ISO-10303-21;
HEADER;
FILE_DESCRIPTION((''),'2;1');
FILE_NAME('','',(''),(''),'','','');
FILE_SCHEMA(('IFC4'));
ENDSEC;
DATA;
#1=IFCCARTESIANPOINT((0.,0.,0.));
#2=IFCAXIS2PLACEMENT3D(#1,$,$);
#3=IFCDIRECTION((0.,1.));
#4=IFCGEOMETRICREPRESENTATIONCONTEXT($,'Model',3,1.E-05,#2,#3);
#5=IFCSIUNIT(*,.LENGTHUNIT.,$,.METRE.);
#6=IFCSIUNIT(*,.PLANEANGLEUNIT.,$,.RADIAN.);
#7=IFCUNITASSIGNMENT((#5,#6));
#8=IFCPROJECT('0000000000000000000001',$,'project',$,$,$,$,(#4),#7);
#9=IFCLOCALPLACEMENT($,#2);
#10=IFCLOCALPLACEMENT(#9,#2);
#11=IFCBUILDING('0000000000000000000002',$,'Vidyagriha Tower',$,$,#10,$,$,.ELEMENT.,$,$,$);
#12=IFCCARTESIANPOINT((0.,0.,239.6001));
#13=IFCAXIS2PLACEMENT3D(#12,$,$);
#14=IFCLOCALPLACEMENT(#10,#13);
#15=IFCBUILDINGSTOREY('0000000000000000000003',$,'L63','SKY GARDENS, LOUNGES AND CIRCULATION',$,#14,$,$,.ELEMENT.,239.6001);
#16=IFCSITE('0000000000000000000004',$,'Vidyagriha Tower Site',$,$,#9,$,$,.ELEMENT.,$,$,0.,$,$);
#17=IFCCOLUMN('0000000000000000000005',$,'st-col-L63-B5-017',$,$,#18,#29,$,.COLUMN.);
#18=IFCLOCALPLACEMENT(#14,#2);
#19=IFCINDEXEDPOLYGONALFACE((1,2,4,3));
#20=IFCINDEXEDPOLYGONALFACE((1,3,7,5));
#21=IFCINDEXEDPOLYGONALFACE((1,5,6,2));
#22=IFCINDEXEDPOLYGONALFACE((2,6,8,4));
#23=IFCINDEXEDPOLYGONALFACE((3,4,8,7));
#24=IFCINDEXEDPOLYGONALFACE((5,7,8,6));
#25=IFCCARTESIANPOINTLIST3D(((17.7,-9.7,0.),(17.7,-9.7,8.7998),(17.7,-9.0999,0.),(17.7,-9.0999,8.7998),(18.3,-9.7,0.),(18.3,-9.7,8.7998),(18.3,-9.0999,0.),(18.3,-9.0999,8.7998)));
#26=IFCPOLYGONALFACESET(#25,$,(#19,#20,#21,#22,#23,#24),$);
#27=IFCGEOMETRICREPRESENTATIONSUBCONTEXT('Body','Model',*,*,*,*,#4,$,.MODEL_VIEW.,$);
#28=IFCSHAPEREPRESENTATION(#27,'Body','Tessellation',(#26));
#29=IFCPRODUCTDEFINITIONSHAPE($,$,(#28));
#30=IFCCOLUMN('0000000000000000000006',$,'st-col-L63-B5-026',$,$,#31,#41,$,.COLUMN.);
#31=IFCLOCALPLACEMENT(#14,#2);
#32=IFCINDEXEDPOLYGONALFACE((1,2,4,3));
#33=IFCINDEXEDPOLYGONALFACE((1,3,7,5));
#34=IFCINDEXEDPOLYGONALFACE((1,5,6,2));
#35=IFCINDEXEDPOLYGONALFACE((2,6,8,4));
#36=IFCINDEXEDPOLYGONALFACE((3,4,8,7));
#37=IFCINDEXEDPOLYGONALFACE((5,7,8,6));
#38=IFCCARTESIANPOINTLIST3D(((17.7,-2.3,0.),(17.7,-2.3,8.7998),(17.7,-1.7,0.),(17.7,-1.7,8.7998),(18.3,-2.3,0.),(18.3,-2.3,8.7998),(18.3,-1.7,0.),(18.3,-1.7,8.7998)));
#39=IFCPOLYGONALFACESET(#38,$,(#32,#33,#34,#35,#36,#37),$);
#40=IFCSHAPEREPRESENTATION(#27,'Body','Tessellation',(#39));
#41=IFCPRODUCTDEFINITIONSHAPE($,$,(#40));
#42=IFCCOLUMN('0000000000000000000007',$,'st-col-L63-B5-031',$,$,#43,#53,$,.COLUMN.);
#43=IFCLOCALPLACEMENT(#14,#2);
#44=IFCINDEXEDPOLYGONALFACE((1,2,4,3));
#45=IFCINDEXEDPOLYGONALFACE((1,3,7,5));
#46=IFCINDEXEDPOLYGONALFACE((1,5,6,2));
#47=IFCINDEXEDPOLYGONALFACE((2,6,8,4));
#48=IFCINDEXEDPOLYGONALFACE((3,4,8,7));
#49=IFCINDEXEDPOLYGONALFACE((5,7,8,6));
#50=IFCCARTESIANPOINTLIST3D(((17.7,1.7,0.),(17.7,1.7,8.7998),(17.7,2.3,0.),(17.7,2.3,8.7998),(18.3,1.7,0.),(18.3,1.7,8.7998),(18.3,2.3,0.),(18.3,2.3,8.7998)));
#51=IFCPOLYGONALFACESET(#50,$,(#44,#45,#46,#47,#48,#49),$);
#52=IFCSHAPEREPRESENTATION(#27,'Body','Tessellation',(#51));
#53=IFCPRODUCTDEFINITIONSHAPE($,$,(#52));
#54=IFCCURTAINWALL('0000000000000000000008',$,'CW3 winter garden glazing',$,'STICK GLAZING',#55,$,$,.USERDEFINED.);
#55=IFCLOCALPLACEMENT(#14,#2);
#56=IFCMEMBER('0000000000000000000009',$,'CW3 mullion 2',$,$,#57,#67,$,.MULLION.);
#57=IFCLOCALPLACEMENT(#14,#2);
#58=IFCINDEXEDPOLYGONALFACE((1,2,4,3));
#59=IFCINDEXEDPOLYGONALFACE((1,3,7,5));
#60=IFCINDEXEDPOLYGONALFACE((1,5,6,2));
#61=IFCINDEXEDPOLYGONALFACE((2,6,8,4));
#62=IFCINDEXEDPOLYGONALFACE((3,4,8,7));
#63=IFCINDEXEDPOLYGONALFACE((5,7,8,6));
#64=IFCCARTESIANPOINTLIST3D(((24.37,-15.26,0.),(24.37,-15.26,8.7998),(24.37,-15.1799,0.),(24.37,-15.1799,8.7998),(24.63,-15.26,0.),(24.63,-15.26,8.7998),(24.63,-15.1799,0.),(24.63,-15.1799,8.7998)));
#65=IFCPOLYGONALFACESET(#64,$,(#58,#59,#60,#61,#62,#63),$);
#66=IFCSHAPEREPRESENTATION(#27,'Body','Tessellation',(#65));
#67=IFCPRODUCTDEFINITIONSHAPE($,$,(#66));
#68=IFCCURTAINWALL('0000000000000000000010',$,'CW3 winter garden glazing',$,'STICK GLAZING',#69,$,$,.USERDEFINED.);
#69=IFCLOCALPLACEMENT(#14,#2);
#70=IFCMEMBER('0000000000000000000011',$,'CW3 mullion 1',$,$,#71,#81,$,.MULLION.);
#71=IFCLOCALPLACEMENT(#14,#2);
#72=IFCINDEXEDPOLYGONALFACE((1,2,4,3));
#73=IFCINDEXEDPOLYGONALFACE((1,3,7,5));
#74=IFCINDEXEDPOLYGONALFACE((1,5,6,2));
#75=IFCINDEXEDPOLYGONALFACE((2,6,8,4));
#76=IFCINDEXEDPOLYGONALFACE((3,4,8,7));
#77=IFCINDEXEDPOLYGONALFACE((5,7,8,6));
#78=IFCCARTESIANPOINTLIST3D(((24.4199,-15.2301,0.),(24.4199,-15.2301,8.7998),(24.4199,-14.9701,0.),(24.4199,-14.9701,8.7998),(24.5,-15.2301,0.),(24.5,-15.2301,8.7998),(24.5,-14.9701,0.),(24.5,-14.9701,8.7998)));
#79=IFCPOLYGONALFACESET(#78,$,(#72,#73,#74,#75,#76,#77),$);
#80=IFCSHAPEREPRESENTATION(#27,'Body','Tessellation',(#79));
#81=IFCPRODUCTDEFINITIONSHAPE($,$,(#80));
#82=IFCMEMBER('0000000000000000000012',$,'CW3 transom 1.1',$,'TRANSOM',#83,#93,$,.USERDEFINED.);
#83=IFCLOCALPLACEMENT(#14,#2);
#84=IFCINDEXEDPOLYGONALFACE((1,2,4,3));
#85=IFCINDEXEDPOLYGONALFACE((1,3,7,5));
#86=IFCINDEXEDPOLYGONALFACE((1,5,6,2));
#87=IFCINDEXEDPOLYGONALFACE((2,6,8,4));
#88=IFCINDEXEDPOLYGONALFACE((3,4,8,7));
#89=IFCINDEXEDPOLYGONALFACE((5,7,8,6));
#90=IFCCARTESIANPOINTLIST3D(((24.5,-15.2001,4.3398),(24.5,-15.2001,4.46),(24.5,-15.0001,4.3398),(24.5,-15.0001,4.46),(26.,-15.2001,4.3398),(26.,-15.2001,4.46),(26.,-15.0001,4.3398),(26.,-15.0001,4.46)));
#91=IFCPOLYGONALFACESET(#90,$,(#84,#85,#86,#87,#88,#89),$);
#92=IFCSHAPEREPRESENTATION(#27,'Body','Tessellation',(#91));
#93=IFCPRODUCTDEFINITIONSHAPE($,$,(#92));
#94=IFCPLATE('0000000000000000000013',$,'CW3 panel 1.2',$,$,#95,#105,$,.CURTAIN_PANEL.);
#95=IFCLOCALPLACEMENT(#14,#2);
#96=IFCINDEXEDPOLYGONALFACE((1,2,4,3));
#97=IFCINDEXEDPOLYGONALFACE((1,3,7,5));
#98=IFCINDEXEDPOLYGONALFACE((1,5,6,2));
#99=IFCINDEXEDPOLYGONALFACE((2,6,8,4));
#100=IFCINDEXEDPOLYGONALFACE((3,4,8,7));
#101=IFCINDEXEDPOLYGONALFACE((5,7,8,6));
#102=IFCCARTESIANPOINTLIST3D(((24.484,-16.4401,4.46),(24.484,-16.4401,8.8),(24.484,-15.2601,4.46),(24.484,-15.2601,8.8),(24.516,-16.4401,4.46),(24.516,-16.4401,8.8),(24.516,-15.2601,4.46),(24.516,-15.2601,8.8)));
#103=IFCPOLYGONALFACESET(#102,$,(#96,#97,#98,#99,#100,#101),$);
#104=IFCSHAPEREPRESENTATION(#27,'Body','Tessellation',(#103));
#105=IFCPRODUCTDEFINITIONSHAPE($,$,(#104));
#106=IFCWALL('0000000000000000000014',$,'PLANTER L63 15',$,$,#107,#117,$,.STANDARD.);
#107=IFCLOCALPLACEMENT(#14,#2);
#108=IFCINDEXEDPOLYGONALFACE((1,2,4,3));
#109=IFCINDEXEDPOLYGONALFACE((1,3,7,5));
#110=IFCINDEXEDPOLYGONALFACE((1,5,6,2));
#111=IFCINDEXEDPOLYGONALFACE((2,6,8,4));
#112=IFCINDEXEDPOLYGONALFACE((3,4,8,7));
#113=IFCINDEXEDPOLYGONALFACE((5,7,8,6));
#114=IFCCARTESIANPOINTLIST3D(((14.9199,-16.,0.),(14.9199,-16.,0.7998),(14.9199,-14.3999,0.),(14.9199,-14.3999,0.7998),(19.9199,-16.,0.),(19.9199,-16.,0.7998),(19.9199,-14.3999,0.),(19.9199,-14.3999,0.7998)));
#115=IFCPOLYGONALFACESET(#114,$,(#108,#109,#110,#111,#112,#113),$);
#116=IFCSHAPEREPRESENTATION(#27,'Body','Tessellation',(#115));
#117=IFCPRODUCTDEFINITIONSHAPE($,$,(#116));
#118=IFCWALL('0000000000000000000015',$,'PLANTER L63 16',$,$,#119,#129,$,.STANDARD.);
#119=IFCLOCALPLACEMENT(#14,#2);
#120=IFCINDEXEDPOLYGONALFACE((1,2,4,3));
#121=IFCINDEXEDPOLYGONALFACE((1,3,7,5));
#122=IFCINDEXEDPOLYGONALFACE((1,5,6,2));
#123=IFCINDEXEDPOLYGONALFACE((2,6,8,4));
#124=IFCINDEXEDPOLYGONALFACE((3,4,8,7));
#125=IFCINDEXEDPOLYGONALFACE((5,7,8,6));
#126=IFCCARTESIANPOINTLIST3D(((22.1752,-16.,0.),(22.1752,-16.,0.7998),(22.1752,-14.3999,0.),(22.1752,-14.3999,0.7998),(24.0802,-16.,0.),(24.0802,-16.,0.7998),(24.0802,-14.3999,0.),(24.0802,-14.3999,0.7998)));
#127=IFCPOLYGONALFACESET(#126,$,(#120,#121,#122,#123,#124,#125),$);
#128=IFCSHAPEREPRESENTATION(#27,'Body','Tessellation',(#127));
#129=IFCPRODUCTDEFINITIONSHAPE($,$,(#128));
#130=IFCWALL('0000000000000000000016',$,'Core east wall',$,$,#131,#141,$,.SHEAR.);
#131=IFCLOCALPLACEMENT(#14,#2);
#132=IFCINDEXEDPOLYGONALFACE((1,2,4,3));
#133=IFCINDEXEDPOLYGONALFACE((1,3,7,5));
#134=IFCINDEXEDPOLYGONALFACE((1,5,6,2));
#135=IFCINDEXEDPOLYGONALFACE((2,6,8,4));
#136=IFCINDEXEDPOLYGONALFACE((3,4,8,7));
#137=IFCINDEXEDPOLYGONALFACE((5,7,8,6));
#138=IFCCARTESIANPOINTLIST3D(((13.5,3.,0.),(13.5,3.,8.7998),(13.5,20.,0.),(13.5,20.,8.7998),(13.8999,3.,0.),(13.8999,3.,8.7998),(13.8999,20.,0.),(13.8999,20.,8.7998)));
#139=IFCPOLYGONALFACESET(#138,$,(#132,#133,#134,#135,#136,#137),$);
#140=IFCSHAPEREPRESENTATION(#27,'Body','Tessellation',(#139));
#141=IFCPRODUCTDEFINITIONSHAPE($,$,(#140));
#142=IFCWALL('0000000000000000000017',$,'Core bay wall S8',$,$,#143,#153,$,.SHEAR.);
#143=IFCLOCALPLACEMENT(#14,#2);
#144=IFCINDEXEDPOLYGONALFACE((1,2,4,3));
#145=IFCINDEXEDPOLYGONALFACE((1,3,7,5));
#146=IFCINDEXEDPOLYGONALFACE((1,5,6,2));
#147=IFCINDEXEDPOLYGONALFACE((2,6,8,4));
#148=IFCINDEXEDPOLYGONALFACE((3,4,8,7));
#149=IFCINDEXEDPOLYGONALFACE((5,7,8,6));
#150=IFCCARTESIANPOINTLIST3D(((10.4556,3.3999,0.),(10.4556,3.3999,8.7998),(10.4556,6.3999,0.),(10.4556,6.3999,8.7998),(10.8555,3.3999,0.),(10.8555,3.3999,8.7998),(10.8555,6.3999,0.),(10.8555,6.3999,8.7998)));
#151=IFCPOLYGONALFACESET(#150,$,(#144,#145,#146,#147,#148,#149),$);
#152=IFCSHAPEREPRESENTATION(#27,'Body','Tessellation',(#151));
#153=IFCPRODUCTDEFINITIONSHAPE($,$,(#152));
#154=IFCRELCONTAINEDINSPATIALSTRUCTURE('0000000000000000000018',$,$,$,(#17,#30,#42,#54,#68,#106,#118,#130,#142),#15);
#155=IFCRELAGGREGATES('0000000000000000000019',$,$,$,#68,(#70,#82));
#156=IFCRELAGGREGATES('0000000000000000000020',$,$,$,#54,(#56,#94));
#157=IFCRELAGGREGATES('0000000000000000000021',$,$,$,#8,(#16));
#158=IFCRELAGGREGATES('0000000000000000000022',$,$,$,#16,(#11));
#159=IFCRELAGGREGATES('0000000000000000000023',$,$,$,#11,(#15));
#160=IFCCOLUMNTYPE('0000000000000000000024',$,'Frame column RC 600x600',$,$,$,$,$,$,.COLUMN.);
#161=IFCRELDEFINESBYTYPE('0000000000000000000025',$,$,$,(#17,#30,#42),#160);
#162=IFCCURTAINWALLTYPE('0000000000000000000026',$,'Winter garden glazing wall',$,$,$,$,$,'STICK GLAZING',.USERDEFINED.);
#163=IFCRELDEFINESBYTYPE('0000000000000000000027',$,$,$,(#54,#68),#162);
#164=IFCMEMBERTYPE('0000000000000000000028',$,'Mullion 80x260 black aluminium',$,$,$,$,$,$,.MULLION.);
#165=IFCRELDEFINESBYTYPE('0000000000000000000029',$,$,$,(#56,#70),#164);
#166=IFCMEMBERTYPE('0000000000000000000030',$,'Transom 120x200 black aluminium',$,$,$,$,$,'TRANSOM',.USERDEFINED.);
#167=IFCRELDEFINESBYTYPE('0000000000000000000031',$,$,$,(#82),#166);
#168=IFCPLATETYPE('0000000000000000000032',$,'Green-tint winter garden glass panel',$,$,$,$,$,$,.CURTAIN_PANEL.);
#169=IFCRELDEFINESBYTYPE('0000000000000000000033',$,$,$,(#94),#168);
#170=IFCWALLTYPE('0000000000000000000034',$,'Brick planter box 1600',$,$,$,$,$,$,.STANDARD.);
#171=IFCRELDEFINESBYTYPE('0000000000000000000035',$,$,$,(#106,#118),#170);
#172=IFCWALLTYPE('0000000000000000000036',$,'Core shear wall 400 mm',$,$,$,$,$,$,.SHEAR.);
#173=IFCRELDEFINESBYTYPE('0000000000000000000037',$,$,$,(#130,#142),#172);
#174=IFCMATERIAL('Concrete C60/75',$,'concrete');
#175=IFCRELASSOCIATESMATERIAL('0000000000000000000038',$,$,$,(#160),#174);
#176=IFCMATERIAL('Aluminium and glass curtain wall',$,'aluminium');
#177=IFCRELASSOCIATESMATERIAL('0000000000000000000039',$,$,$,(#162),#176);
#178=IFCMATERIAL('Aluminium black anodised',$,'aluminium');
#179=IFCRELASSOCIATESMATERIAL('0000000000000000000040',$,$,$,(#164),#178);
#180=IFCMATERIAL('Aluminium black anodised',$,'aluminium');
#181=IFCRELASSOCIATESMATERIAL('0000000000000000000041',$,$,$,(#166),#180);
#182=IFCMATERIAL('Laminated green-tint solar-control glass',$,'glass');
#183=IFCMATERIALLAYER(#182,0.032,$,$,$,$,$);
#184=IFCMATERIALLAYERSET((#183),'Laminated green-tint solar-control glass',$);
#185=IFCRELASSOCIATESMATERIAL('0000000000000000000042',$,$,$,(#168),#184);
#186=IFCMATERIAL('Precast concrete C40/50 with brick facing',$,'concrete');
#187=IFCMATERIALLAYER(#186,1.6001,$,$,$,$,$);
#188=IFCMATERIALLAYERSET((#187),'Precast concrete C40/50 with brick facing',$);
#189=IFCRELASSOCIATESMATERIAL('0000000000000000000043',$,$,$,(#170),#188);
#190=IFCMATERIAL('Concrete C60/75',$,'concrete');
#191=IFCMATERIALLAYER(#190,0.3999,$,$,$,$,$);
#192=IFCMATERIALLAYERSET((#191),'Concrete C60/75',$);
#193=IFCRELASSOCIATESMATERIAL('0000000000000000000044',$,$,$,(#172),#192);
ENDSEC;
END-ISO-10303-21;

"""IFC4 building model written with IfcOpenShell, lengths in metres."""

from ifc_helpers import new_model, si_unit, direction, frame, frame_2d, origin, origin_2d, place, context, subcontext, project, spatial, rectangle, extrude, material, layer, layer_set, material_profile, profile_set, type_object, element, aggregate, save


model = new_model("IFC4")

# Units and contexts
model_context = context("Model", 3, precision=1e-05, world=origin(), true_north=direction((0.0, 1.0)))
body_context = subcontext(model_context, "Body", "Model", "MODEL_VIEW")
ifc_project = project(units=[si_unit("LENGTHUNIT", "METRE"), si_unit("PLANEANGLEUNIT", "RADIAN")], contexts=[model_context])

# Site, building, storey
site_placement = place(None, origin())
site = spatial("IfcSite", under=ifc_project, at=site_placement, Name="Vidyagriha Tower Site", CompositionType="ELEMENT", RefElevation=0.0)
building_placement = place(site_placement, origin())
building = spatial("IfcBuilding", under=site, at=building_placement, Name="Vidyagriha Tower", CompositionType="ELEMENT")
storey_placement = place(building_placement, frame((0.0, 0.0, 239.6001)))
storey = spatial("IfcBuildingStorey", under=building, at=storey_placement, Name="L63", Description="SKY GARDENS, LOUNGES AND CIRCULATION", CompositionType="ELEMENT", Elevation=239.6001)

# Columns
ifc_material_1 = material(Name="Concrete C60/75", Category="concrete")
ifc_material_profile_1 = material_profile(ifc_material_1, rectangle(XDim=0.6001, YDim=0.6001, at=origin_2d()), Name="RC 600x600")
ifc_profile_set_1 = profile_set([ifc_material_profile_1], Name="Concrete C60/75")
column_type = type_object("IfcColumnType", Name="Frame column RC 600x600", PredefinedType="COLUMN", material=ifc_profile_set_1)
for number, where, name in (
    (1, (18.0, -9.3999, 0.0), "st-col-L63-B5-017"),
    (2, (18.0, -2.0, 0.0), "st-col-L63-B5-026"),
    (3, (18.0, 2.0, 0.0), "st-col-L63-B5-031"),
):
    element("IfcColumn", number, at=place(storey_placement, frame(where)), inside=storey, type_object=column_type, Name=name, PredefinedType="COLUMN", context=body_context, shape_type="SweptSolid", body=[
        extrude(rectangle(XDim=0.6001, YDim=0.6001, at=origin_2d()), origin(), (0.0, 0.0, 1.0), 8.7998),
    ])

# Curtain wall, member
ifc_material_2 = material(Name="Aluminium and glass curtain wall", Category="aluminium")
curtain_wall_type = type_object("IfcCurtainWallType", Name="Winter garden glazing wall", ElementType="STICK GLAZING", PredefinedType="USERDEFINED", material=ifc_material_2)
curtain_wall_1_placement = place(storey_placement, origin())
curtain_wall_1 = element("IfcCurtainWall", 4, at=curtain_wall_1_placement, inside=storey, type_object=curtain_wall_type, Name="CW3 winter garden glazing", ObjectType="STICK GLAZING", PredefinedType="USERDEFINED")
ifc_material_3 = material(Name="Aluminium black anodised", Category="aluminium")
ifc_material_profile_2 = material_profile(ifc_material_3, rectangle(XDim=0.26, YDim=0.0801, at=origin_2d()), Name="Mullion 80x260 black aluminium")
ifc_profile_set_2 = profile_set([ifc_material_profile_2], Name="Aluminium black anodised")
member_type_1 = type_object("IfcMemberType", Name="Mullion 80x260 black aluminium", PredefinedType="MULLION", material=ifc_profile_set_2)
member_1_placement = place(storey_placement, frame((24.5, -15.22, 0.0), z_axis=(0.0, 0.0, 1.0), x_axis=(-1.0, 0.0, 0.0)))
member_1 = element("IfcMember", 5, at=member_1_placement, type_object=member_type_1, Name="CW3 mullion 2", PredefinedType="MULLION", context=body_context, shape_type="SweptSolid", body=[
    extrude(rectangle(XDim=0.26, YDim=0.0801, at=origin_2d()), origin(), (0.0, 0.0, 1.0), 8.7998),
])

# Curtain wall, members
curtain_wall_2_placement = place(storey_placement, origin())
curtain_wall_2 = element("IfcCurtainWall", 6, at=curtain_wall_2_placement, inside=storey, type_object=curtain_wall_type, Name="CW3 winter garden glazing", ObjectType="STICK GLAZING", PredefinedType="USERDEFINED")
member_2_placement = place(storey_placement, frame((24.46, -15.1001, 0.0), z_axis=(0.0, 0.0, 1.0), x_axis=(0.0, 1.0, 0.0)))
member_2 = element("IfcMember", 7, at=member_2_placement, type_object=member_type_1, Name="CW3 mullion 1", PredefinedType="MULLION", context=body_context, shape_type="SweptSolid", body=[
    extrude(rectangle(XDim=0.26, YDim=0.0801, at=origin_2d()), origin(), (0.0, 0.0, 1.0), 8.7998),
])
ifc_material_4 = material(Name="Aluminium black anodised", Category="aluminium")
ifc_material_profile_3 = material_profile(ifc_material_4, rectangle(XDim=0.2, YDim=0.1201, at=origin_2d()), Name="Transom 120x200 black aluminium")
ifc_profile_set_3 = profile_set([ifc_material_profile_3], Name="Aluminium black anodised")
member_type_2 = type_object("IfcMemberType", Name="Transom 120x200 black aluminium", ElementType="TRANSOM", PredefinedType="USERDEFINED", material=ifc_profile_set_3)
member_3_placement = place(storey_placement, frame((24.5, -15.1001, 4.3999), z_axis=(1.0, 0.0, 0.0), x_axis=(0.0, 1.0, 0.0)))
member_3 = element("IfcMember", 8, at=member_3_placement, type_object=member_type_2, Name="CW3 transom 1.1", ObjectType="TRANSOM", PredefinedType="USERDEFINED", context=body_context, shape_type="SweptSolid", body=[
    extrude(rectangle(XDim=0.2, YDim=0.1201, at=origin_2d()), origin(), (0.0, 0.0, 1.0), 1.5),
])
aggregate(curtain_wall_2, [member_2, member_3])

# Plate
ifc_material_5 = material(Name="Laminated green-tint solar-control glass", Category="glass")
ifc_layer_1 = layer(ifc_material_5, 0.032)
ifc_layer_set_1 = layer_set([ifc_layer_1], Name="Laminated green-tint solar-control glass")
plate_type = type_object("IfcPlateType", Name="Green-tint winter garden glass panel", PredefinedType="CURTAIN_PANEL", material=ifc_layer_set_1)
plate_placement = place(storey_placement, frame((24.5, -15.8501, 4.46), z_axis=(0.0, 0.0, 1.0), x_axis=(0.0, 1.0, 0.0)))
plate = element("IfcPlate", 9, at=plate_placement, type_object=plate_type, Name="CW3 panel 1.2", PredefinedType="CURTAIN_PANEL", context=body_context, shape_type="SweptSolid", body=[
    extrude(rectangle(XDim=1.1799, YDim=0.032, at=origin_2d()), origin(), (0.0, 0.0, 1.0), 4.3401),
])
aggregate(curtain_wall_1, [member_1, plate])

# Walls
ifc_material_6 = material(Name="Precast concrete C40/50 with brick facing", Category="concrete")
ifc_layer_2 = layer(ifc_material_6, 1.6001)
ifc_layer_set_2 = layer_set([ifc_layer_2], Name="Precast concrete C40/50 with brick facing")
wall_type_1 = type_object("IfcWallType", Name="Brick planter box 1600", PredefinedType="STANDARD", material=ifc_layer_set_2)
wall_1_placement = place(storey_placement, frame((14.9199, -15.2, 0.0)))
element("IfcWall", 10, at=wall_1_placement, inside=storey, type_object=wall_type_1, Name="PLANTER L63 15", PredefinedType="STANDARD", context=body_context, shape_type="SweptSolid", body=[
    extrude(rectangle(XDim=5.0, YDim=1.6001, at=frame_2d((2.5, 0.0))), origin(), (0.0, 0.0, 1.0), 0.7998),
])
wall_2_placement = place(storey_placement, frame((22.175, -15.2, 0.0)))
element("IfcWall", 11, at=wall_2_placement, inside=storey, type_object=wall_type_1, Name="PLANTER L63 16", PredefinedType="STANDARD", context=body_context, shape_type="SweptSolid", body=[
    extrude(rectangle(XDim=1.905, YDim=1.6001, at=frame_2d((0.9526, 0.0))), origin(), (0.0, 0.0, 1.0), 0.7998),
])
ifc_material_7 = material(Name="Concrete C60/75", Category="concrete")
ifc_layer_3 = layer(ifc_material_7, 0.3999)
ifc_layer_set_3 = layer_set([ifc_layer_3], Name="Concrete C60/75")
wall_type_2 = type_object("IfcWallType", Name="Core shear wall 400 mm", PredefinedType="SHEAR", material=ifc_layer_set_3)
wall_3_placement = place(storey_placement, frame((13.7, 3.0, 0.0), z_axis=(0.0, 0.0, 1.0), x_axis=(0.0, 1.0, 0.0)))
element("IfcWall", 12, at=wall_3_placement, inside=storey, type_object=wall_type_2, Name="Core east wall", PredefinedType="SHEAR", context=body_context, shape_type="SweptSolid", body=[
    extrude(rectangle(XDim=17.0, YDim=0.3999, at=frame_2d((8.5, 0.0))), origin(), (0.0, 0.0, 1.0), 8.7998),
])
wall_4_placement = place(storey_placement, frame((10.6555, 3.3999, 0.0), z_axis=(0.0, 0.0, 1.0), x_axis=(0.0, 1.0, 0.0)))
element("IfcWall", 13, at=wall_4_placement, inside=storey, type_object=wall_type_2, Name="Core bay wall S8", PredefinedType="SHEAR", context=body_context, shape_type="SweptSolid", body=[
    extrude(rectangle(XDim=3.0, YDim=0.3999, at=frame_2d((1.5, 0.0))), origin(), (0.0, 0.0, 1.0), 8.7998),
])

save(model, "model.ifc")
